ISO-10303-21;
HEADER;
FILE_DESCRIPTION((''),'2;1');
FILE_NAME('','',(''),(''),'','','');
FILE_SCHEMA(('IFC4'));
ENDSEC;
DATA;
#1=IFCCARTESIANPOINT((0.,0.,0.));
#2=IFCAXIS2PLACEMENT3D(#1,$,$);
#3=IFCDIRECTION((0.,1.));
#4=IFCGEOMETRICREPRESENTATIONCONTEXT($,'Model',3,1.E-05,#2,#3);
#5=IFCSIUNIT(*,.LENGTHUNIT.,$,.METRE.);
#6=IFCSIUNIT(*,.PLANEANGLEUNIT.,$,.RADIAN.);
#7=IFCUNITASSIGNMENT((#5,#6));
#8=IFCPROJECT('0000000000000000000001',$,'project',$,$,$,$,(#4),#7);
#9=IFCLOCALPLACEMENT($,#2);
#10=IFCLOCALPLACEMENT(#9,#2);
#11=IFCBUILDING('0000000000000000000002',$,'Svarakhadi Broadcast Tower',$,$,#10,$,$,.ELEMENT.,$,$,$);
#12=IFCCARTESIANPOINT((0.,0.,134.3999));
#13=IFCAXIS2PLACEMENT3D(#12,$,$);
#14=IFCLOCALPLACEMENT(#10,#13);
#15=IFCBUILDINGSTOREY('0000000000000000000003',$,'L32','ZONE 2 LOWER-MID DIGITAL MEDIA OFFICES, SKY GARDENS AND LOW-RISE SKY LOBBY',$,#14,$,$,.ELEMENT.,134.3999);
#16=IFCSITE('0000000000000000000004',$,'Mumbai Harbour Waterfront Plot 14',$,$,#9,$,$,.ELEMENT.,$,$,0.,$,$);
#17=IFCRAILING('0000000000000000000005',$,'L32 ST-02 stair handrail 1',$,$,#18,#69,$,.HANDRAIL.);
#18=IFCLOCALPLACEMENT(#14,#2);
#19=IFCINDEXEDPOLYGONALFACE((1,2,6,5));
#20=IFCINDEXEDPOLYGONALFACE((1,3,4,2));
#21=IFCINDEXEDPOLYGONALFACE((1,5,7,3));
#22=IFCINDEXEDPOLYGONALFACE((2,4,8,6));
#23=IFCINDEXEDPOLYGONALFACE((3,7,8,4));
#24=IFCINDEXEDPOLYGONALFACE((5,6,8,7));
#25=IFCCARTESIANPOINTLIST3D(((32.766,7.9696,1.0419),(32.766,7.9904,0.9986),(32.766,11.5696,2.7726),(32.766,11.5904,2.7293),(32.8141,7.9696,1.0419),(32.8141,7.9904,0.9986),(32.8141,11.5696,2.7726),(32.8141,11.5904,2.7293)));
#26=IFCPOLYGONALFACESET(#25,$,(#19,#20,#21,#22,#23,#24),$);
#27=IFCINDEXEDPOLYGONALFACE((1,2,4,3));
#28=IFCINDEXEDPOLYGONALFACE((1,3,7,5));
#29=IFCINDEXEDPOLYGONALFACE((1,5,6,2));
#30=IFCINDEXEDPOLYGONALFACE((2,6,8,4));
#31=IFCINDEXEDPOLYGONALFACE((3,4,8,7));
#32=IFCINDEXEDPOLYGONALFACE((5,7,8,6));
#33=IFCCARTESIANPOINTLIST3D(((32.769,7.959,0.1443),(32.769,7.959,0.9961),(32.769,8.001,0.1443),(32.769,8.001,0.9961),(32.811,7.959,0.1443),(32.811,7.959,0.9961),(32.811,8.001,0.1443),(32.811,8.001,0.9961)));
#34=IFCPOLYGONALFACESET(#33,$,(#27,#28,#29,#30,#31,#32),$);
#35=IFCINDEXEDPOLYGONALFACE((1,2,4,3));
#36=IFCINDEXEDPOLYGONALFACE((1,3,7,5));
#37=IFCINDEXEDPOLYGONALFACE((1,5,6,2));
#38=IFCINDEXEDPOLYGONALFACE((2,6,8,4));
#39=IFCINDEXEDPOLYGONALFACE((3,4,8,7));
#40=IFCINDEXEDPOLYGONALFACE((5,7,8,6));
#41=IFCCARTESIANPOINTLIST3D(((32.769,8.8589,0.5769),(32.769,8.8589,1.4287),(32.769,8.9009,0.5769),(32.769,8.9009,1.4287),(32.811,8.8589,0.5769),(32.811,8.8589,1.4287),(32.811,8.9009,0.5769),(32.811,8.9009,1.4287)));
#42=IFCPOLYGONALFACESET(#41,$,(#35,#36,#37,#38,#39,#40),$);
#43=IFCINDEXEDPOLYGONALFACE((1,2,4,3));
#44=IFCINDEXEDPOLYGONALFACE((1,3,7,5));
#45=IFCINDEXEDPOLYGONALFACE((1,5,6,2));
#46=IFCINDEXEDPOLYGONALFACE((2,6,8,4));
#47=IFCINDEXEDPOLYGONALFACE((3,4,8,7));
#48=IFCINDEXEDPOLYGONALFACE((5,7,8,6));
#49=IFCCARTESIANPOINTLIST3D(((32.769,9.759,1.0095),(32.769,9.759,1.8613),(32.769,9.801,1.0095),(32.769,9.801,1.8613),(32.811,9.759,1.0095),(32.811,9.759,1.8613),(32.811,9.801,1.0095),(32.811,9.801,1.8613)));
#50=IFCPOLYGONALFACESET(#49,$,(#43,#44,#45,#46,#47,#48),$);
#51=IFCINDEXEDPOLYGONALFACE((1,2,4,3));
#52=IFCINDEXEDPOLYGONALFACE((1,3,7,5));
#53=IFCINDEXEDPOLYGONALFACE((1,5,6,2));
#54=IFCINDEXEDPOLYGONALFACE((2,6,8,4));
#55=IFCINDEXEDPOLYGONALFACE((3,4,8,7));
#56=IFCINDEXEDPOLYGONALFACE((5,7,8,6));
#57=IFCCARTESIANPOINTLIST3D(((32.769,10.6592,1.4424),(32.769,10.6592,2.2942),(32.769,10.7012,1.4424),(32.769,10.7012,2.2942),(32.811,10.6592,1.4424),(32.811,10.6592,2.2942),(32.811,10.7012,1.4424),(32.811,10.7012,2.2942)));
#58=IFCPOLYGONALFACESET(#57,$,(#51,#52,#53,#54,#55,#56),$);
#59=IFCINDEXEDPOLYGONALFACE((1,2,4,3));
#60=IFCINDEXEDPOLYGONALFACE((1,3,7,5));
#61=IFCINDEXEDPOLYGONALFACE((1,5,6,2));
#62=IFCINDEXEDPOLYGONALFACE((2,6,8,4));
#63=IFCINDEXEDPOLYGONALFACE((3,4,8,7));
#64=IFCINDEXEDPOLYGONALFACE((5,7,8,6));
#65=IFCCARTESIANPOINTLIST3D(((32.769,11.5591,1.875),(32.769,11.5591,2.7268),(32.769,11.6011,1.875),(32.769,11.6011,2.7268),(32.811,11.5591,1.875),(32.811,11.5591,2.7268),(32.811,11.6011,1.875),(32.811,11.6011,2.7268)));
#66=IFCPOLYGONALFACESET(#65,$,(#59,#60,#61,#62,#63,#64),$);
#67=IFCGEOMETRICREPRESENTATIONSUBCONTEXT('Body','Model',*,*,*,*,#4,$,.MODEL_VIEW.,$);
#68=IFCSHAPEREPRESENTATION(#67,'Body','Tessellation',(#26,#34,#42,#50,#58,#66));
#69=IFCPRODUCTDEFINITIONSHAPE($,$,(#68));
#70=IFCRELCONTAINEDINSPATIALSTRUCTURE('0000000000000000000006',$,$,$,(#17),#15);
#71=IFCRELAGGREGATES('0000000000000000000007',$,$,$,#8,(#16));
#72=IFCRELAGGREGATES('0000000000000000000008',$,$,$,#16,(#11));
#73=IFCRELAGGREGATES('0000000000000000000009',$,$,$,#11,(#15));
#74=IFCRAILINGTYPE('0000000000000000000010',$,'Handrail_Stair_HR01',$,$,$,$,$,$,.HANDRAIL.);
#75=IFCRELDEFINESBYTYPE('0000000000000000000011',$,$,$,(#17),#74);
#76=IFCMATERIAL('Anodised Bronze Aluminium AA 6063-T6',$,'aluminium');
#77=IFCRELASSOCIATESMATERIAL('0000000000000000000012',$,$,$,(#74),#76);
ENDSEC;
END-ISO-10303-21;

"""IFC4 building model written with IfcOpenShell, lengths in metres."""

from ifc_helpers import new_model, si_unit, direction, frame, origin, origin_2d, place, context, subcontext, project, spatial, rectangle, extrude, material, type_object, element, save


model = new_model("IFC4")

# Units and contexts
model_context = context("Model", 3, precision=1e-05, world=origin(), true_north=direction((0.0, 1.0)))
body_context = subcontext(model_context, "Body", "Model", "MODEL_VIEW")
ifc_project = project(units=[si_unit("LENGTHUNIT", "METRE"), si_unit("PLANEANGLEUNIT", "RADIAN")], contexts=[model_context])

# Site, building, storey
site_placement = place(None, origin())
site = spatial("IfcSite", under=ifc_project, at=site_placement, Name="Mumbai Harbour Waterfront Plot 14", CompositionType="ELEMENT", RefElevation=0.0)
building_placement = place(site_placement, origin())
building = spatial("IfcBuilding", under=site, at=building_placement, Name="Svarakhadi Broadcast Tower", CompositionType="ELEMENT")
storey_placement = place(building_placement, frame((0.0, 0.0, 134.3999)))
storey = spatial("IfcBuildingStorey", under=building, at=storey_placement, Name="L32", Description="ZONE 2 LOWER-MID DIGITAL MEDIA OFFICES, SKY GARDENS AND LOW-RISE SKY LOBBY", CompositionType="ELEMENT", Elevation=134.3999)

# Shared definitions
ifc_material_1 = material(Name="Anodised Bronze Aluminium AA 6063-T6", Category="aluminium")

# Railing
railing_type_1 = type_object("IfcRailingType", Name="Handrail_Stair_HR01", PredefinedType="HANDRAIL", material=ifc_material_1)
railing_1_placement = place(storey_placement, frame((32.79, 7.98, 0.1443)))
element("IfcRailing", 1, at=railing_1_placement, inside=storey, type_object=railing_type_1, Name="L32 ST-02 stair handrail 1", PredefinedType="HANDRAIL", context=body_context, shape_type="SweptSolid", body=[
    extrude(rectangle(XDim=0.0481, YDim=0.0481, at=origin_2d()), frame((0.0, 0.0, 0.876), z_axis=(0.0, 0.901263, 0.433273), x_axis=(-1.0, 0.0, 0.0)), (0.0, 0.0, 1.0), 3.9944),
    extrude(rectangle(XDim=0.042, YDim=0.042, at=origin_2d()), origin(), (0.0, 0.0, 1.0), 0.8518),
    extrude(rectangle(XDim=0.042, YDim=0.042, at=origin_2d()), frame((0.0, 0.8999, 0.4326)), (0.0, 0.0, 1.0), 0.8518),
    extrude(rectangle(XDim=0.042, YDim=0.042, at=origin_2d()), frame((0.0, 1.8, 0.8652)), (0.0, 0.0, 1.0), 0.8518),
    extrude(rectangle(XDim=0.042, YDim=0.042, at=origin_2d()), frame((0.0, 2.7002, 1.2981)), (0.0, 0.0, 1.0), 0.8518),
    extrude(rectangle(XDim=0.042, YDim=0.042, at=origin_2d()), frame((0.0, 3.6001, 1.7307)), (0.0, 0.0, 1.0), 0.8518),
])

save(model, "model.ifc")
